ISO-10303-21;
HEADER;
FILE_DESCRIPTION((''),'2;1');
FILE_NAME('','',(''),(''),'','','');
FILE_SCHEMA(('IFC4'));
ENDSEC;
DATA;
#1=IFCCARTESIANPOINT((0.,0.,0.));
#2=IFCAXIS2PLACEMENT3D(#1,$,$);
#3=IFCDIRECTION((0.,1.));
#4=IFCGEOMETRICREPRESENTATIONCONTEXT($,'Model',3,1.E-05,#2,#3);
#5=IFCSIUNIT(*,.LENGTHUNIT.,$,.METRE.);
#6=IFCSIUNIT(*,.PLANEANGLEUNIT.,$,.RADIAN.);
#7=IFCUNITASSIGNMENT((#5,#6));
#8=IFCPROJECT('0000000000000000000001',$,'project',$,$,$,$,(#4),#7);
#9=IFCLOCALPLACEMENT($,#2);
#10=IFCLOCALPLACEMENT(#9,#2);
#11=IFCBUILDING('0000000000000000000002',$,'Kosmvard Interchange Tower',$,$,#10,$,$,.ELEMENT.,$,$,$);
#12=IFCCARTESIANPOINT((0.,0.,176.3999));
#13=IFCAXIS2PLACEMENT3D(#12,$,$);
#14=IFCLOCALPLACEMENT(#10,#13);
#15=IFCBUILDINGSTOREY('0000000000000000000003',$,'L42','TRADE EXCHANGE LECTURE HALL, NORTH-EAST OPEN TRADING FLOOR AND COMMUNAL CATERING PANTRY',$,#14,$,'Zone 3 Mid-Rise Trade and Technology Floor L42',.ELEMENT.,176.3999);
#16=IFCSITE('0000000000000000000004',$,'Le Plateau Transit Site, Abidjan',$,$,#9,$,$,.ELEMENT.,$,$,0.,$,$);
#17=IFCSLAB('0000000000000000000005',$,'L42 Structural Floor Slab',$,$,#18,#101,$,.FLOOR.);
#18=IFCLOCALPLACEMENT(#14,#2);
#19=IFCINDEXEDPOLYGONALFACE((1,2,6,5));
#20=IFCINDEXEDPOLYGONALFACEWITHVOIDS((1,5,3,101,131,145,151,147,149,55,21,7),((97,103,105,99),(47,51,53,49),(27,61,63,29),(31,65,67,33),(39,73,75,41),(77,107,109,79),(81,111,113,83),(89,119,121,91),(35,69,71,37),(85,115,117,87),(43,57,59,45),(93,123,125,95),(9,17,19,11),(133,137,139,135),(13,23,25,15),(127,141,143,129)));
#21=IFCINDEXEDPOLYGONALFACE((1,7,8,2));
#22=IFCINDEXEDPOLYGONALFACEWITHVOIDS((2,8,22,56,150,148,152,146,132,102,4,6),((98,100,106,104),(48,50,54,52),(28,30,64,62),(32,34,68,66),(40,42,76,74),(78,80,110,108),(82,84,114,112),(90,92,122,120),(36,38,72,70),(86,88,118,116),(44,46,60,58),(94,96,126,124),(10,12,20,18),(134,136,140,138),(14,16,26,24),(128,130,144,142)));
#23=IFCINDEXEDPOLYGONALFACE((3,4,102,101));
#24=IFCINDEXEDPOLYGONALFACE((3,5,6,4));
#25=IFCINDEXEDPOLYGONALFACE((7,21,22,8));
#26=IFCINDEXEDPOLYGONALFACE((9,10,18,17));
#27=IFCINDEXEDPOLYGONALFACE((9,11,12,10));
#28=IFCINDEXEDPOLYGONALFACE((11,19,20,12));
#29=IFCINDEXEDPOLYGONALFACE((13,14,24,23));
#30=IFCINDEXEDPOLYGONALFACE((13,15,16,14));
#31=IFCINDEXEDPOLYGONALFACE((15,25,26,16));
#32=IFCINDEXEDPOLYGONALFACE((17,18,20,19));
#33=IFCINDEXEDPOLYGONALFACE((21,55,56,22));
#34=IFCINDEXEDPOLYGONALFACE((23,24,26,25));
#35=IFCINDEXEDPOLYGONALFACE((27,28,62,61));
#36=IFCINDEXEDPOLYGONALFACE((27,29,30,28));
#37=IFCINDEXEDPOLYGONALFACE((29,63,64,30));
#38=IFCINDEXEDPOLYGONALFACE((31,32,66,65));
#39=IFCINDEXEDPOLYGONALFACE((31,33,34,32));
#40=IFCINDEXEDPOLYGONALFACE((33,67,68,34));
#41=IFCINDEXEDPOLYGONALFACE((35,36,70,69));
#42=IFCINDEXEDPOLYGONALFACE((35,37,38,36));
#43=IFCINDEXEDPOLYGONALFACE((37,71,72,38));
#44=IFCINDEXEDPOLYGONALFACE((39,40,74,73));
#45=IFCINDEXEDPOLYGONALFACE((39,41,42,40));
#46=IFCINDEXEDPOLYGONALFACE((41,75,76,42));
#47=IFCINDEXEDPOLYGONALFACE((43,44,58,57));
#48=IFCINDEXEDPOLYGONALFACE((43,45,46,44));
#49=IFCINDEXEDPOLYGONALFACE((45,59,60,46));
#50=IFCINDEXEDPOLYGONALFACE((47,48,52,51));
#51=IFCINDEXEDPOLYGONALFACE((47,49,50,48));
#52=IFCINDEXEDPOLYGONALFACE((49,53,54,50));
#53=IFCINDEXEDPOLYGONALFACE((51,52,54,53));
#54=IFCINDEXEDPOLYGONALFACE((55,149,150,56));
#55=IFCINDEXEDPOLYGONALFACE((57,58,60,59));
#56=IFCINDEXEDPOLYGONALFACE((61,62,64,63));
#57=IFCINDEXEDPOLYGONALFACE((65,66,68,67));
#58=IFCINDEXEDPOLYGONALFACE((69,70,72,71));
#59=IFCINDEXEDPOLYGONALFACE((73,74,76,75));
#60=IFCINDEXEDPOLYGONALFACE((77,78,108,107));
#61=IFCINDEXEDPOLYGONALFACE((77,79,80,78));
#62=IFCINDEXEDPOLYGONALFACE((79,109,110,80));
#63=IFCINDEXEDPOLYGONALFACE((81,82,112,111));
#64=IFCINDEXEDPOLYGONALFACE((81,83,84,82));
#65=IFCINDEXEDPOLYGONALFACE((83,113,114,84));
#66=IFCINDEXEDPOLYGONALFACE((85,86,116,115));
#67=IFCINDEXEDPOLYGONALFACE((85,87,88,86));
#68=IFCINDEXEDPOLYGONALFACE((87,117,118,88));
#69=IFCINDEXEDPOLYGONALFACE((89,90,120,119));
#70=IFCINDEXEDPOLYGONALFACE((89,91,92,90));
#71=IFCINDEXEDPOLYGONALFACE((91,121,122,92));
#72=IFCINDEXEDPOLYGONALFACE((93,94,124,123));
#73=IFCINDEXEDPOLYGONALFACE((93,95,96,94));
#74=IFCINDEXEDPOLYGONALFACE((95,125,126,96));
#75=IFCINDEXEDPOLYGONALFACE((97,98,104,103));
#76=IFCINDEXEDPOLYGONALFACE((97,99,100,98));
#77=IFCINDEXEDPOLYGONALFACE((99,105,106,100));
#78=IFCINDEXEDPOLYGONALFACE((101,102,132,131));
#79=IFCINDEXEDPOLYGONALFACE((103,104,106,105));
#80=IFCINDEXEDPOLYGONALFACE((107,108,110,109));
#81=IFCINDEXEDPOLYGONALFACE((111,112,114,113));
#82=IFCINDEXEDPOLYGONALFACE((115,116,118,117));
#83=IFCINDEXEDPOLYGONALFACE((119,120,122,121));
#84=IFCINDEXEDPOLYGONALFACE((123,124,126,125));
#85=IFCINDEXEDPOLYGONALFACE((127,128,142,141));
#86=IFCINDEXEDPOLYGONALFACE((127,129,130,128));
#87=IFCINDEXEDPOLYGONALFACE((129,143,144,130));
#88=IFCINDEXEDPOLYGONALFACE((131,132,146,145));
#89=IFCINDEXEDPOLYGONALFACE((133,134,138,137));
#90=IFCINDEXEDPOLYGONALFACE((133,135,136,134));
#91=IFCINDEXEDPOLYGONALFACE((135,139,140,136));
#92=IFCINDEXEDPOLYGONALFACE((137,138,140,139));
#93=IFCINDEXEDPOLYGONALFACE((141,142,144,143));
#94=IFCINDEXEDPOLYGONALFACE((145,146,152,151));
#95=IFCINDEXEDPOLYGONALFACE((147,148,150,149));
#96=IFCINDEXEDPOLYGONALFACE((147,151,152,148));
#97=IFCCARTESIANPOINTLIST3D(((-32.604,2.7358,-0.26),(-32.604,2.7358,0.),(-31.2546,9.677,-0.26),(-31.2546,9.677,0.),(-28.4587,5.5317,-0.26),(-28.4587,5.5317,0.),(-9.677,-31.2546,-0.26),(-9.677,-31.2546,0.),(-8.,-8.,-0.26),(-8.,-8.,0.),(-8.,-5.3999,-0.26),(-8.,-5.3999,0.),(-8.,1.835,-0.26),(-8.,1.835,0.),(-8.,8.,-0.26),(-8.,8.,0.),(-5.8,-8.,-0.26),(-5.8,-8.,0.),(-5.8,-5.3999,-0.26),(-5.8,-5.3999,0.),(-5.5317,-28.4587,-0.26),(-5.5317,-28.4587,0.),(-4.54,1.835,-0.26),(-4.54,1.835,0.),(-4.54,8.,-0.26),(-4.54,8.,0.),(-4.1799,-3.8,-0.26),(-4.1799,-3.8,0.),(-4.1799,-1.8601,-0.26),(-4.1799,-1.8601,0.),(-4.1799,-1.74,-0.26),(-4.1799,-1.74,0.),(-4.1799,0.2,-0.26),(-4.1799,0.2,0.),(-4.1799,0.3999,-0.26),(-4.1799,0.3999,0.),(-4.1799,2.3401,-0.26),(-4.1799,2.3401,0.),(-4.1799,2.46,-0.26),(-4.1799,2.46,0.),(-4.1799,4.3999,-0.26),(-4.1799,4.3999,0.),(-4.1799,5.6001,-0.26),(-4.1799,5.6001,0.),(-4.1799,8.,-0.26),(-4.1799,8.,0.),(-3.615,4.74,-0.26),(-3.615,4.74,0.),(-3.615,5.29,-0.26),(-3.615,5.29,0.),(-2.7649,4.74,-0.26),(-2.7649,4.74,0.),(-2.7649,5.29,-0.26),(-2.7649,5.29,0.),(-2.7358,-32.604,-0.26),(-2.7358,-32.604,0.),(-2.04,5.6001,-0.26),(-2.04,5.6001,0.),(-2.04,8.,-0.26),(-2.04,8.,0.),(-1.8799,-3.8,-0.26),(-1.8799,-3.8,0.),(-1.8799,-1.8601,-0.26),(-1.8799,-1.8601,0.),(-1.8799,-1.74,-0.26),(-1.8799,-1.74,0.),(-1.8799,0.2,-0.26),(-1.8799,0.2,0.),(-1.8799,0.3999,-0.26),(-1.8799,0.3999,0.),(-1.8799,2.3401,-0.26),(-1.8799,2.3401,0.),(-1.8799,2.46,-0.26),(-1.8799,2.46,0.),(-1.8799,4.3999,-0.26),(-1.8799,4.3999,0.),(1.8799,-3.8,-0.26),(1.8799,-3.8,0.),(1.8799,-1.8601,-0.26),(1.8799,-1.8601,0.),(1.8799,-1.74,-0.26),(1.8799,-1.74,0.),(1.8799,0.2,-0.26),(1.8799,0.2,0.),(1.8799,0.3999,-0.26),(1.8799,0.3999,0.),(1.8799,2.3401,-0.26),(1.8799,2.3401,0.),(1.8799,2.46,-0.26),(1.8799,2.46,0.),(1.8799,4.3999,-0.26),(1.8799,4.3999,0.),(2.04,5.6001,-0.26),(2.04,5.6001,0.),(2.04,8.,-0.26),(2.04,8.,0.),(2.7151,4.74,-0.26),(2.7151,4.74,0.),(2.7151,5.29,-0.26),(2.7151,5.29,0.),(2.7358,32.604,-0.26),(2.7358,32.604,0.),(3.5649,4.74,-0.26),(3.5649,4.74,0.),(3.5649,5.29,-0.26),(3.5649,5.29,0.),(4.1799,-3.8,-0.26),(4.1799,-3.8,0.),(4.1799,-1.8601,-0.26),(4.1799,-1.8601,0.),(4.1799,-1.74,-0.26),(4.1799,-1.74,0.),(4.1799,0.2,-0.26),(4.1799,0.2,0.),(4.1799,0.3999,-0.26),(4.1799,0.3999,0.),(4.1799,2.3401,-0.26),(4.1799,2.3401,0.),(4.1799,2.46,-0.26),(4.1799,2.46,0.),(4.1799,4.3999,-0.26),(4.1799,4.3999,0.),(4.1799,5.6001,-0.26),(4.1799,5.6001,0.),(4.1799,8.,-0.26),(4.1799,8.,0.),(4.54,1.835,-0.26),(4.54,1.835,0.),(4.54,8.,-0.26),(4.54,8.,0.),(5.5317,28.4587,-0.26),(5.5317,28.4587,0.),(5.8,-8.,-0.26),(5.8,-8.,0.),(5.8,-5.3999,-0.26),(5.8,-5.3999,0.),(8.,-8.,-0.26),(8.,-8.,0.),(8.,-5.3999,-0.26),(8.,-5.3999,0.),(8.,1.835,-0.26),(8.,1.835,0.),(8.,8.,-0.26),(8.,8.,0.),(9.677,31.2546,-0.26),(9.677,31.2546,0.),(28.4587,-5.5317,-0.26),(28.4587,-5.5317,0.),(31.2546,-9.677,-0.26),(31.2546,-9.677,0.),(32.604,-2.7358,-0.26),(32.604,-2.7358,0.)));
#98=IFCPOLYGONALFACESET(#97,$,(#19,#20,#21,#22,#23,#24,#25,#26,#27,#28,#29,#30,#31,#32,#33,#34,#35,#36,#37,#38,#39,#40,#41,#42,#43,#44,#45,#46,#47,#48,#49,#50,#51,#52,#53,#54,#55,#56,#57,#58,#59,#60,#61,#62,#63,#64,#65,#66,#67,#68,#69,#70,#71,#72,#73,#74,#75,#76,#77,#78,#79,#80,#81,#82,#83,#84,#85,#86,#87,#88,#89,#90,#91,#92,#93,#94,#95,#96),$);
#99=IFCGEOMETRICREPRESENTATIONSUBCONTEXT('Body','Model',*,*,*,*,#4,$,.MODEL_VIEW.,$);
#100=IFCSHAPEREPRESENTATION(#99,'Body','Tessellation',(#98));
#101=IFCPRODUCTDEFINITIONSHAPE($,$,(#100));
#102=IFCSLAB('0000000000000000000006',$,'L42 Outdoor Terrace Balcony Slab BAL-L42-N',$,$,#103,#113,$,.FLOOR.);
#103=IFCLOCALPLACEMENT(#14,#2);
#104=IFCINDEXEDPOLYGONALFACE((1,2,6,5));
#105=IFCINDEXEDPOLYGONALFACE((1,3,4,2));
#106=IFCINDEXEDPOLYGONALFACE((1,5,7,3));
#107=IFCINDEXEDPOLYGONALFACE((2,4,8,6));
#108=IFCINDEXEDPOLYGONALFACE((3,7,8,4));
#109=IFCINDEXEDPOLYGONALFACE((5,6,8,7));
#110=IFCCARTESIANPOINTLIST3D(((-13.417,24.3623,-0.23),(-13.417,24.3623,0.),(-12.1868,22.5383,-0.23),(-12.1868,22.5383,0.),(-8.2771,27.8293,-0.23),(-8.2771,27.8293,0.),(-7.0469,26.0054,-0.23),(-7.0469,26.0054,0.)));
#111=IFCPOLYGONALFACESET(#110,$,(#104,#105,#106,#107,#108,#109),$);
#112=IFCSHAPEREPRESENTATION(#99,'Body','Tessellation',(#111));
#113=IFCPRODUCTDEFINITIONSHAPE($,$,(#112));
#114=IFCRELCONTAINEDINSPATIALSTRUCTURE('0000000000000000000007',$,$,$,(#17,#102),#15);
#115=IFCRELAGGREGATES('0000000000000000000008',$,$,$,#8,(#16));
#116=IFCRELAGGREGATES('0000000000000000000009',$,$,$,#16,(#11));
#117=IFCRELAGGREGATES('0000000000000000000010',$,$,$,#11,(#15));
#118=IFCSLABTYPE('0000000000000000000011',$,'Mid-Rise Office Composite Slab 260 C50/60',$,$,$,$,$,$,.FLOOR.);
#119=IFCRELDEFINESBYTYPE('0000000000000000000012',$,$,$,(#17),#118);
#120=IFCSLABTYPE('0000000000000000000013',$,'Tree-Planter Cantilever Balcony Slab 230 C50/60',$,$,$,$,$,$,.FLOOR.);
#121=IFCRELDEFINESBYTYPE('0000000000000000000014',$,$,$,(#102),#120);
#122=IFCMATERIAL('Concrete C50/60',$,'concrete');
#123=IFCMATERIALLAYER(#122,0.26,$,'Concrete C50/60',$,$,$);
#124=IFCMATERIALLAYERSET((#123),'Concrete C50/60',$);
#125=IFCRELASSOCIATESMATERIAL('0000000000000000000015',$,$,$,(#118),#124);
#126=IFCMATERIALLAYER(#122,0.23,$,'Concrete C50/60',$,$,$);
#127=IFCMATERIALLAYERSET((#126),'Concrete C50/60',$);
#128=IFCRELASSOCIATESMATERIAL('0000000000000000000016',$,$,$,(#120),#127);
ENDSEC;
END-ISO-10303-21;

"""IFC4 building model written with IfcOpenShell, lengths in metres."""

from ifc_helpers import new_model, si_unit, direction, frame, origin, place, context, subcontext, project, spatial, polyline, outline, extrude, material, layer, layer_set, type_object, element, save


model = new_model("IFC4")

# Units and contexts
model_context = context("Model", 3, precision=1e-05, world=origin(), true_north=direction((0.0, 1.0)))
body_context = subcontext(model_context, "Body", "Model", "MODEL_VIEW")
ifc_project = project(units=[si_unit("LENGTHUNIT", "METRE"), si_unit("PLANEANGLEUNIT", "RADIAN")], contexts=[model_context])

# Site, building, storey
site_placement = place(None, origin())
site = spatial("IfcSite", under=ifc_project, at=site_placement, Name="Le Plateau Transit Site, Abidjan", CompositionType="ELEMENT", RefElevation=0.0)
building_placement = place(site_placement, origin())
building = spatial("IfcBuilding", under=site, at=building_placement, Name="Kosmvard Interchange Tower", CompositionType="ELEMENT")
storey_placement = place(building_placement, frame((0.0, 0.0, 176.3999)))
storey = spatial("IfcBuildingStorey", under=building, at=storey_placement, Name="L42", Description="TRADE EXCHANGE LECTURE HALL, NORTH-EAST OPEN TRADING FLOOR AND COMMUNAL CATERING PANTRY", LongName="Zone 3 Mid-Rise Trade and Technology Floor L42", CompositionType="ELEMENT", Elevation=176.3999)

# Slabs
ifc_material_1 = material(Name="Concrete C50/60", Category="concrete")
ifc_layer_1 = layer(ifc_material_1, 0.26, Name="Concrete C50/60")
ifc_layer_set_1 = layer_set([ifc_layer_1], Name="Concrete C50/60")
slab_type_1 = type_object("IfcSlabType", Name="Mid-Rise Office Composite Slab 260 C50/60", PredefinedType="FLOOR", material=ifc_layer_set_1)
slab_1_placement = place(storey_placement, frame((0.0, 0.0, -0.26)))
element("IfcSlab", 1, at=slab_1_placement, inside=storey, type_object=slab_type_1, Name="L42 Structural Floor Slab", PredefinedType="FLOOR", context=body_context, shape_type="SweptSolid", body=[
    extrude(outline(polyline([(-2.7358, -32.604), (31.2546, -9.677), (28.4587, -5.5317), (32.604, -2.7358), (9.677, 31.2546), (5.5317, 28.4587), (2.7358, 32.604), (-31.2546, 9.677), (-28.4587, 5.5317), (-32.604, 2.7358), (-9.677, -31.2546), (-5.5317, -28.4587), (-2.7358, -32.604)]), holes=[polyline([(-8.0, 1.835), (-4.54, 1.835), (-4.54, 8.0), (-8.0, 8.0), (-8.0, 1.835)]), polyline([(4.54, 1.835), (8.0, 1.835), (8.0, 8.0), (4.54, 8.0), (4.54, 1.835)]), polyline([(-8.0, -8.0), (-5.8, -8.0), (-5.8, -5.3999), (-8.0, -5.3999), (-8.0, -8.0)]), polyline([(5.8, -8.0), (8.0, -8.0), (8.0, -5.3999), (5.8, -5.3999), (5.8, -8.0)]), polyline([(-4.1799, -3.8), (-1.8799, -3.8), (-1.8799, -1.8601), (-4.1799, -1.8601), (-4.1799, -3.8)]), polyline([(-4.1799, -1.74), (-1.8799, -1.74), (-1.8799, 0.2), (-4.1799, 0.2), (-4.1799, -1.74)]), polyline([(1.8799, -3.8), (4.1799, -3.8), (4.1799, -1.8601), (1.8799, -1.8601), (1.8799, -3.8)]), polyline([(1.8799, -1.74), (4.1799, -1.74), (4.1799, 0.2), (1.8799, 0.2), (1.8799, -1.74)]), polyline([(-4.1799, 0.3999), (-1.8799, 0.3999), (-1.8799, 2.3401), (-4.1799, 2.3401), (-4.1799, 0.3999)]), polyline([(-4.1799, 2.46), (-1.8799, 2.46), (-1.8799, 4.3999), (-4.1799, 4.3999), (-4.1799, 2.46)]), polyline([(1.8799, 0.3999), (4.1799, 0.3999), (4.1799, 2.3401), (1.8799, 2.3401), (1.8799, 0.3999)]), polyline([(1.8799, 2.46), (4.1799, 2.46), (4.1799, 4.3999), (1.8799, 4.3999), (1.8799, 2.46)]), polyline([(-4.1799, 5.6001), (-2.04, 5.6001), (-2.04, 8.0), (-4.1799, 8.0), (-4.1799, 5.6001)]), polyline([(2.04, 5.6001), (4.1799, 5.6001), (4.1799, 8.0), (2.04, 8.0), (2.04, 5.6001)]), polyline([(-3.615, 4.74), (-2.7649, 4.74), (-2.7649, 5.29), (-3.615, 5.29), (-3.615, 4.74)]), polyline([(2.7151, 4.74), (3.5649, 4.74), (3.5649, 5.29), (2.7151, 5.29), (2.7151, 4.74)])]), origin(), (0.0, 0.0, 1.0), 0.26),
])
ifc_layer_2 = layer(ifc_material_1, 0.23, Name="Concrete C50/60")
ifc_layer_set_2 = layer_set([ifc_layer_2], Name="Concrete C50/60")
slab_type_2 = type_object("IfcSlabType", Name="Tree-Planter Cantilever Balcony Slab 230 C50/60", PredefinedType="FLOOR", material=ifc_layer_set_2)
slab_2_placement = place(storey_placement, frame((0.0, 0.0, -0.23)))
element("IfcSlab", 2, at=slab_2_placement, inside=storey, type_object=slab_type_2, Name="L42 Outdoor Terrace Balcony Slab BAL-L42-N", PredefinedType="FLOOR", context=body_context, shape_type="SweptSolid", body=[
    extrude(outline(polyline([(-12.1868, 22.5383), (-7.0469, 26.0054), (-8.2771, 27.8293), (-13.417, 24.3623), (-12.1868, 22.5383)])), origin(), (0.0, 0.0, 1.0), 0.23),
])

save(model, "model.ifc")
